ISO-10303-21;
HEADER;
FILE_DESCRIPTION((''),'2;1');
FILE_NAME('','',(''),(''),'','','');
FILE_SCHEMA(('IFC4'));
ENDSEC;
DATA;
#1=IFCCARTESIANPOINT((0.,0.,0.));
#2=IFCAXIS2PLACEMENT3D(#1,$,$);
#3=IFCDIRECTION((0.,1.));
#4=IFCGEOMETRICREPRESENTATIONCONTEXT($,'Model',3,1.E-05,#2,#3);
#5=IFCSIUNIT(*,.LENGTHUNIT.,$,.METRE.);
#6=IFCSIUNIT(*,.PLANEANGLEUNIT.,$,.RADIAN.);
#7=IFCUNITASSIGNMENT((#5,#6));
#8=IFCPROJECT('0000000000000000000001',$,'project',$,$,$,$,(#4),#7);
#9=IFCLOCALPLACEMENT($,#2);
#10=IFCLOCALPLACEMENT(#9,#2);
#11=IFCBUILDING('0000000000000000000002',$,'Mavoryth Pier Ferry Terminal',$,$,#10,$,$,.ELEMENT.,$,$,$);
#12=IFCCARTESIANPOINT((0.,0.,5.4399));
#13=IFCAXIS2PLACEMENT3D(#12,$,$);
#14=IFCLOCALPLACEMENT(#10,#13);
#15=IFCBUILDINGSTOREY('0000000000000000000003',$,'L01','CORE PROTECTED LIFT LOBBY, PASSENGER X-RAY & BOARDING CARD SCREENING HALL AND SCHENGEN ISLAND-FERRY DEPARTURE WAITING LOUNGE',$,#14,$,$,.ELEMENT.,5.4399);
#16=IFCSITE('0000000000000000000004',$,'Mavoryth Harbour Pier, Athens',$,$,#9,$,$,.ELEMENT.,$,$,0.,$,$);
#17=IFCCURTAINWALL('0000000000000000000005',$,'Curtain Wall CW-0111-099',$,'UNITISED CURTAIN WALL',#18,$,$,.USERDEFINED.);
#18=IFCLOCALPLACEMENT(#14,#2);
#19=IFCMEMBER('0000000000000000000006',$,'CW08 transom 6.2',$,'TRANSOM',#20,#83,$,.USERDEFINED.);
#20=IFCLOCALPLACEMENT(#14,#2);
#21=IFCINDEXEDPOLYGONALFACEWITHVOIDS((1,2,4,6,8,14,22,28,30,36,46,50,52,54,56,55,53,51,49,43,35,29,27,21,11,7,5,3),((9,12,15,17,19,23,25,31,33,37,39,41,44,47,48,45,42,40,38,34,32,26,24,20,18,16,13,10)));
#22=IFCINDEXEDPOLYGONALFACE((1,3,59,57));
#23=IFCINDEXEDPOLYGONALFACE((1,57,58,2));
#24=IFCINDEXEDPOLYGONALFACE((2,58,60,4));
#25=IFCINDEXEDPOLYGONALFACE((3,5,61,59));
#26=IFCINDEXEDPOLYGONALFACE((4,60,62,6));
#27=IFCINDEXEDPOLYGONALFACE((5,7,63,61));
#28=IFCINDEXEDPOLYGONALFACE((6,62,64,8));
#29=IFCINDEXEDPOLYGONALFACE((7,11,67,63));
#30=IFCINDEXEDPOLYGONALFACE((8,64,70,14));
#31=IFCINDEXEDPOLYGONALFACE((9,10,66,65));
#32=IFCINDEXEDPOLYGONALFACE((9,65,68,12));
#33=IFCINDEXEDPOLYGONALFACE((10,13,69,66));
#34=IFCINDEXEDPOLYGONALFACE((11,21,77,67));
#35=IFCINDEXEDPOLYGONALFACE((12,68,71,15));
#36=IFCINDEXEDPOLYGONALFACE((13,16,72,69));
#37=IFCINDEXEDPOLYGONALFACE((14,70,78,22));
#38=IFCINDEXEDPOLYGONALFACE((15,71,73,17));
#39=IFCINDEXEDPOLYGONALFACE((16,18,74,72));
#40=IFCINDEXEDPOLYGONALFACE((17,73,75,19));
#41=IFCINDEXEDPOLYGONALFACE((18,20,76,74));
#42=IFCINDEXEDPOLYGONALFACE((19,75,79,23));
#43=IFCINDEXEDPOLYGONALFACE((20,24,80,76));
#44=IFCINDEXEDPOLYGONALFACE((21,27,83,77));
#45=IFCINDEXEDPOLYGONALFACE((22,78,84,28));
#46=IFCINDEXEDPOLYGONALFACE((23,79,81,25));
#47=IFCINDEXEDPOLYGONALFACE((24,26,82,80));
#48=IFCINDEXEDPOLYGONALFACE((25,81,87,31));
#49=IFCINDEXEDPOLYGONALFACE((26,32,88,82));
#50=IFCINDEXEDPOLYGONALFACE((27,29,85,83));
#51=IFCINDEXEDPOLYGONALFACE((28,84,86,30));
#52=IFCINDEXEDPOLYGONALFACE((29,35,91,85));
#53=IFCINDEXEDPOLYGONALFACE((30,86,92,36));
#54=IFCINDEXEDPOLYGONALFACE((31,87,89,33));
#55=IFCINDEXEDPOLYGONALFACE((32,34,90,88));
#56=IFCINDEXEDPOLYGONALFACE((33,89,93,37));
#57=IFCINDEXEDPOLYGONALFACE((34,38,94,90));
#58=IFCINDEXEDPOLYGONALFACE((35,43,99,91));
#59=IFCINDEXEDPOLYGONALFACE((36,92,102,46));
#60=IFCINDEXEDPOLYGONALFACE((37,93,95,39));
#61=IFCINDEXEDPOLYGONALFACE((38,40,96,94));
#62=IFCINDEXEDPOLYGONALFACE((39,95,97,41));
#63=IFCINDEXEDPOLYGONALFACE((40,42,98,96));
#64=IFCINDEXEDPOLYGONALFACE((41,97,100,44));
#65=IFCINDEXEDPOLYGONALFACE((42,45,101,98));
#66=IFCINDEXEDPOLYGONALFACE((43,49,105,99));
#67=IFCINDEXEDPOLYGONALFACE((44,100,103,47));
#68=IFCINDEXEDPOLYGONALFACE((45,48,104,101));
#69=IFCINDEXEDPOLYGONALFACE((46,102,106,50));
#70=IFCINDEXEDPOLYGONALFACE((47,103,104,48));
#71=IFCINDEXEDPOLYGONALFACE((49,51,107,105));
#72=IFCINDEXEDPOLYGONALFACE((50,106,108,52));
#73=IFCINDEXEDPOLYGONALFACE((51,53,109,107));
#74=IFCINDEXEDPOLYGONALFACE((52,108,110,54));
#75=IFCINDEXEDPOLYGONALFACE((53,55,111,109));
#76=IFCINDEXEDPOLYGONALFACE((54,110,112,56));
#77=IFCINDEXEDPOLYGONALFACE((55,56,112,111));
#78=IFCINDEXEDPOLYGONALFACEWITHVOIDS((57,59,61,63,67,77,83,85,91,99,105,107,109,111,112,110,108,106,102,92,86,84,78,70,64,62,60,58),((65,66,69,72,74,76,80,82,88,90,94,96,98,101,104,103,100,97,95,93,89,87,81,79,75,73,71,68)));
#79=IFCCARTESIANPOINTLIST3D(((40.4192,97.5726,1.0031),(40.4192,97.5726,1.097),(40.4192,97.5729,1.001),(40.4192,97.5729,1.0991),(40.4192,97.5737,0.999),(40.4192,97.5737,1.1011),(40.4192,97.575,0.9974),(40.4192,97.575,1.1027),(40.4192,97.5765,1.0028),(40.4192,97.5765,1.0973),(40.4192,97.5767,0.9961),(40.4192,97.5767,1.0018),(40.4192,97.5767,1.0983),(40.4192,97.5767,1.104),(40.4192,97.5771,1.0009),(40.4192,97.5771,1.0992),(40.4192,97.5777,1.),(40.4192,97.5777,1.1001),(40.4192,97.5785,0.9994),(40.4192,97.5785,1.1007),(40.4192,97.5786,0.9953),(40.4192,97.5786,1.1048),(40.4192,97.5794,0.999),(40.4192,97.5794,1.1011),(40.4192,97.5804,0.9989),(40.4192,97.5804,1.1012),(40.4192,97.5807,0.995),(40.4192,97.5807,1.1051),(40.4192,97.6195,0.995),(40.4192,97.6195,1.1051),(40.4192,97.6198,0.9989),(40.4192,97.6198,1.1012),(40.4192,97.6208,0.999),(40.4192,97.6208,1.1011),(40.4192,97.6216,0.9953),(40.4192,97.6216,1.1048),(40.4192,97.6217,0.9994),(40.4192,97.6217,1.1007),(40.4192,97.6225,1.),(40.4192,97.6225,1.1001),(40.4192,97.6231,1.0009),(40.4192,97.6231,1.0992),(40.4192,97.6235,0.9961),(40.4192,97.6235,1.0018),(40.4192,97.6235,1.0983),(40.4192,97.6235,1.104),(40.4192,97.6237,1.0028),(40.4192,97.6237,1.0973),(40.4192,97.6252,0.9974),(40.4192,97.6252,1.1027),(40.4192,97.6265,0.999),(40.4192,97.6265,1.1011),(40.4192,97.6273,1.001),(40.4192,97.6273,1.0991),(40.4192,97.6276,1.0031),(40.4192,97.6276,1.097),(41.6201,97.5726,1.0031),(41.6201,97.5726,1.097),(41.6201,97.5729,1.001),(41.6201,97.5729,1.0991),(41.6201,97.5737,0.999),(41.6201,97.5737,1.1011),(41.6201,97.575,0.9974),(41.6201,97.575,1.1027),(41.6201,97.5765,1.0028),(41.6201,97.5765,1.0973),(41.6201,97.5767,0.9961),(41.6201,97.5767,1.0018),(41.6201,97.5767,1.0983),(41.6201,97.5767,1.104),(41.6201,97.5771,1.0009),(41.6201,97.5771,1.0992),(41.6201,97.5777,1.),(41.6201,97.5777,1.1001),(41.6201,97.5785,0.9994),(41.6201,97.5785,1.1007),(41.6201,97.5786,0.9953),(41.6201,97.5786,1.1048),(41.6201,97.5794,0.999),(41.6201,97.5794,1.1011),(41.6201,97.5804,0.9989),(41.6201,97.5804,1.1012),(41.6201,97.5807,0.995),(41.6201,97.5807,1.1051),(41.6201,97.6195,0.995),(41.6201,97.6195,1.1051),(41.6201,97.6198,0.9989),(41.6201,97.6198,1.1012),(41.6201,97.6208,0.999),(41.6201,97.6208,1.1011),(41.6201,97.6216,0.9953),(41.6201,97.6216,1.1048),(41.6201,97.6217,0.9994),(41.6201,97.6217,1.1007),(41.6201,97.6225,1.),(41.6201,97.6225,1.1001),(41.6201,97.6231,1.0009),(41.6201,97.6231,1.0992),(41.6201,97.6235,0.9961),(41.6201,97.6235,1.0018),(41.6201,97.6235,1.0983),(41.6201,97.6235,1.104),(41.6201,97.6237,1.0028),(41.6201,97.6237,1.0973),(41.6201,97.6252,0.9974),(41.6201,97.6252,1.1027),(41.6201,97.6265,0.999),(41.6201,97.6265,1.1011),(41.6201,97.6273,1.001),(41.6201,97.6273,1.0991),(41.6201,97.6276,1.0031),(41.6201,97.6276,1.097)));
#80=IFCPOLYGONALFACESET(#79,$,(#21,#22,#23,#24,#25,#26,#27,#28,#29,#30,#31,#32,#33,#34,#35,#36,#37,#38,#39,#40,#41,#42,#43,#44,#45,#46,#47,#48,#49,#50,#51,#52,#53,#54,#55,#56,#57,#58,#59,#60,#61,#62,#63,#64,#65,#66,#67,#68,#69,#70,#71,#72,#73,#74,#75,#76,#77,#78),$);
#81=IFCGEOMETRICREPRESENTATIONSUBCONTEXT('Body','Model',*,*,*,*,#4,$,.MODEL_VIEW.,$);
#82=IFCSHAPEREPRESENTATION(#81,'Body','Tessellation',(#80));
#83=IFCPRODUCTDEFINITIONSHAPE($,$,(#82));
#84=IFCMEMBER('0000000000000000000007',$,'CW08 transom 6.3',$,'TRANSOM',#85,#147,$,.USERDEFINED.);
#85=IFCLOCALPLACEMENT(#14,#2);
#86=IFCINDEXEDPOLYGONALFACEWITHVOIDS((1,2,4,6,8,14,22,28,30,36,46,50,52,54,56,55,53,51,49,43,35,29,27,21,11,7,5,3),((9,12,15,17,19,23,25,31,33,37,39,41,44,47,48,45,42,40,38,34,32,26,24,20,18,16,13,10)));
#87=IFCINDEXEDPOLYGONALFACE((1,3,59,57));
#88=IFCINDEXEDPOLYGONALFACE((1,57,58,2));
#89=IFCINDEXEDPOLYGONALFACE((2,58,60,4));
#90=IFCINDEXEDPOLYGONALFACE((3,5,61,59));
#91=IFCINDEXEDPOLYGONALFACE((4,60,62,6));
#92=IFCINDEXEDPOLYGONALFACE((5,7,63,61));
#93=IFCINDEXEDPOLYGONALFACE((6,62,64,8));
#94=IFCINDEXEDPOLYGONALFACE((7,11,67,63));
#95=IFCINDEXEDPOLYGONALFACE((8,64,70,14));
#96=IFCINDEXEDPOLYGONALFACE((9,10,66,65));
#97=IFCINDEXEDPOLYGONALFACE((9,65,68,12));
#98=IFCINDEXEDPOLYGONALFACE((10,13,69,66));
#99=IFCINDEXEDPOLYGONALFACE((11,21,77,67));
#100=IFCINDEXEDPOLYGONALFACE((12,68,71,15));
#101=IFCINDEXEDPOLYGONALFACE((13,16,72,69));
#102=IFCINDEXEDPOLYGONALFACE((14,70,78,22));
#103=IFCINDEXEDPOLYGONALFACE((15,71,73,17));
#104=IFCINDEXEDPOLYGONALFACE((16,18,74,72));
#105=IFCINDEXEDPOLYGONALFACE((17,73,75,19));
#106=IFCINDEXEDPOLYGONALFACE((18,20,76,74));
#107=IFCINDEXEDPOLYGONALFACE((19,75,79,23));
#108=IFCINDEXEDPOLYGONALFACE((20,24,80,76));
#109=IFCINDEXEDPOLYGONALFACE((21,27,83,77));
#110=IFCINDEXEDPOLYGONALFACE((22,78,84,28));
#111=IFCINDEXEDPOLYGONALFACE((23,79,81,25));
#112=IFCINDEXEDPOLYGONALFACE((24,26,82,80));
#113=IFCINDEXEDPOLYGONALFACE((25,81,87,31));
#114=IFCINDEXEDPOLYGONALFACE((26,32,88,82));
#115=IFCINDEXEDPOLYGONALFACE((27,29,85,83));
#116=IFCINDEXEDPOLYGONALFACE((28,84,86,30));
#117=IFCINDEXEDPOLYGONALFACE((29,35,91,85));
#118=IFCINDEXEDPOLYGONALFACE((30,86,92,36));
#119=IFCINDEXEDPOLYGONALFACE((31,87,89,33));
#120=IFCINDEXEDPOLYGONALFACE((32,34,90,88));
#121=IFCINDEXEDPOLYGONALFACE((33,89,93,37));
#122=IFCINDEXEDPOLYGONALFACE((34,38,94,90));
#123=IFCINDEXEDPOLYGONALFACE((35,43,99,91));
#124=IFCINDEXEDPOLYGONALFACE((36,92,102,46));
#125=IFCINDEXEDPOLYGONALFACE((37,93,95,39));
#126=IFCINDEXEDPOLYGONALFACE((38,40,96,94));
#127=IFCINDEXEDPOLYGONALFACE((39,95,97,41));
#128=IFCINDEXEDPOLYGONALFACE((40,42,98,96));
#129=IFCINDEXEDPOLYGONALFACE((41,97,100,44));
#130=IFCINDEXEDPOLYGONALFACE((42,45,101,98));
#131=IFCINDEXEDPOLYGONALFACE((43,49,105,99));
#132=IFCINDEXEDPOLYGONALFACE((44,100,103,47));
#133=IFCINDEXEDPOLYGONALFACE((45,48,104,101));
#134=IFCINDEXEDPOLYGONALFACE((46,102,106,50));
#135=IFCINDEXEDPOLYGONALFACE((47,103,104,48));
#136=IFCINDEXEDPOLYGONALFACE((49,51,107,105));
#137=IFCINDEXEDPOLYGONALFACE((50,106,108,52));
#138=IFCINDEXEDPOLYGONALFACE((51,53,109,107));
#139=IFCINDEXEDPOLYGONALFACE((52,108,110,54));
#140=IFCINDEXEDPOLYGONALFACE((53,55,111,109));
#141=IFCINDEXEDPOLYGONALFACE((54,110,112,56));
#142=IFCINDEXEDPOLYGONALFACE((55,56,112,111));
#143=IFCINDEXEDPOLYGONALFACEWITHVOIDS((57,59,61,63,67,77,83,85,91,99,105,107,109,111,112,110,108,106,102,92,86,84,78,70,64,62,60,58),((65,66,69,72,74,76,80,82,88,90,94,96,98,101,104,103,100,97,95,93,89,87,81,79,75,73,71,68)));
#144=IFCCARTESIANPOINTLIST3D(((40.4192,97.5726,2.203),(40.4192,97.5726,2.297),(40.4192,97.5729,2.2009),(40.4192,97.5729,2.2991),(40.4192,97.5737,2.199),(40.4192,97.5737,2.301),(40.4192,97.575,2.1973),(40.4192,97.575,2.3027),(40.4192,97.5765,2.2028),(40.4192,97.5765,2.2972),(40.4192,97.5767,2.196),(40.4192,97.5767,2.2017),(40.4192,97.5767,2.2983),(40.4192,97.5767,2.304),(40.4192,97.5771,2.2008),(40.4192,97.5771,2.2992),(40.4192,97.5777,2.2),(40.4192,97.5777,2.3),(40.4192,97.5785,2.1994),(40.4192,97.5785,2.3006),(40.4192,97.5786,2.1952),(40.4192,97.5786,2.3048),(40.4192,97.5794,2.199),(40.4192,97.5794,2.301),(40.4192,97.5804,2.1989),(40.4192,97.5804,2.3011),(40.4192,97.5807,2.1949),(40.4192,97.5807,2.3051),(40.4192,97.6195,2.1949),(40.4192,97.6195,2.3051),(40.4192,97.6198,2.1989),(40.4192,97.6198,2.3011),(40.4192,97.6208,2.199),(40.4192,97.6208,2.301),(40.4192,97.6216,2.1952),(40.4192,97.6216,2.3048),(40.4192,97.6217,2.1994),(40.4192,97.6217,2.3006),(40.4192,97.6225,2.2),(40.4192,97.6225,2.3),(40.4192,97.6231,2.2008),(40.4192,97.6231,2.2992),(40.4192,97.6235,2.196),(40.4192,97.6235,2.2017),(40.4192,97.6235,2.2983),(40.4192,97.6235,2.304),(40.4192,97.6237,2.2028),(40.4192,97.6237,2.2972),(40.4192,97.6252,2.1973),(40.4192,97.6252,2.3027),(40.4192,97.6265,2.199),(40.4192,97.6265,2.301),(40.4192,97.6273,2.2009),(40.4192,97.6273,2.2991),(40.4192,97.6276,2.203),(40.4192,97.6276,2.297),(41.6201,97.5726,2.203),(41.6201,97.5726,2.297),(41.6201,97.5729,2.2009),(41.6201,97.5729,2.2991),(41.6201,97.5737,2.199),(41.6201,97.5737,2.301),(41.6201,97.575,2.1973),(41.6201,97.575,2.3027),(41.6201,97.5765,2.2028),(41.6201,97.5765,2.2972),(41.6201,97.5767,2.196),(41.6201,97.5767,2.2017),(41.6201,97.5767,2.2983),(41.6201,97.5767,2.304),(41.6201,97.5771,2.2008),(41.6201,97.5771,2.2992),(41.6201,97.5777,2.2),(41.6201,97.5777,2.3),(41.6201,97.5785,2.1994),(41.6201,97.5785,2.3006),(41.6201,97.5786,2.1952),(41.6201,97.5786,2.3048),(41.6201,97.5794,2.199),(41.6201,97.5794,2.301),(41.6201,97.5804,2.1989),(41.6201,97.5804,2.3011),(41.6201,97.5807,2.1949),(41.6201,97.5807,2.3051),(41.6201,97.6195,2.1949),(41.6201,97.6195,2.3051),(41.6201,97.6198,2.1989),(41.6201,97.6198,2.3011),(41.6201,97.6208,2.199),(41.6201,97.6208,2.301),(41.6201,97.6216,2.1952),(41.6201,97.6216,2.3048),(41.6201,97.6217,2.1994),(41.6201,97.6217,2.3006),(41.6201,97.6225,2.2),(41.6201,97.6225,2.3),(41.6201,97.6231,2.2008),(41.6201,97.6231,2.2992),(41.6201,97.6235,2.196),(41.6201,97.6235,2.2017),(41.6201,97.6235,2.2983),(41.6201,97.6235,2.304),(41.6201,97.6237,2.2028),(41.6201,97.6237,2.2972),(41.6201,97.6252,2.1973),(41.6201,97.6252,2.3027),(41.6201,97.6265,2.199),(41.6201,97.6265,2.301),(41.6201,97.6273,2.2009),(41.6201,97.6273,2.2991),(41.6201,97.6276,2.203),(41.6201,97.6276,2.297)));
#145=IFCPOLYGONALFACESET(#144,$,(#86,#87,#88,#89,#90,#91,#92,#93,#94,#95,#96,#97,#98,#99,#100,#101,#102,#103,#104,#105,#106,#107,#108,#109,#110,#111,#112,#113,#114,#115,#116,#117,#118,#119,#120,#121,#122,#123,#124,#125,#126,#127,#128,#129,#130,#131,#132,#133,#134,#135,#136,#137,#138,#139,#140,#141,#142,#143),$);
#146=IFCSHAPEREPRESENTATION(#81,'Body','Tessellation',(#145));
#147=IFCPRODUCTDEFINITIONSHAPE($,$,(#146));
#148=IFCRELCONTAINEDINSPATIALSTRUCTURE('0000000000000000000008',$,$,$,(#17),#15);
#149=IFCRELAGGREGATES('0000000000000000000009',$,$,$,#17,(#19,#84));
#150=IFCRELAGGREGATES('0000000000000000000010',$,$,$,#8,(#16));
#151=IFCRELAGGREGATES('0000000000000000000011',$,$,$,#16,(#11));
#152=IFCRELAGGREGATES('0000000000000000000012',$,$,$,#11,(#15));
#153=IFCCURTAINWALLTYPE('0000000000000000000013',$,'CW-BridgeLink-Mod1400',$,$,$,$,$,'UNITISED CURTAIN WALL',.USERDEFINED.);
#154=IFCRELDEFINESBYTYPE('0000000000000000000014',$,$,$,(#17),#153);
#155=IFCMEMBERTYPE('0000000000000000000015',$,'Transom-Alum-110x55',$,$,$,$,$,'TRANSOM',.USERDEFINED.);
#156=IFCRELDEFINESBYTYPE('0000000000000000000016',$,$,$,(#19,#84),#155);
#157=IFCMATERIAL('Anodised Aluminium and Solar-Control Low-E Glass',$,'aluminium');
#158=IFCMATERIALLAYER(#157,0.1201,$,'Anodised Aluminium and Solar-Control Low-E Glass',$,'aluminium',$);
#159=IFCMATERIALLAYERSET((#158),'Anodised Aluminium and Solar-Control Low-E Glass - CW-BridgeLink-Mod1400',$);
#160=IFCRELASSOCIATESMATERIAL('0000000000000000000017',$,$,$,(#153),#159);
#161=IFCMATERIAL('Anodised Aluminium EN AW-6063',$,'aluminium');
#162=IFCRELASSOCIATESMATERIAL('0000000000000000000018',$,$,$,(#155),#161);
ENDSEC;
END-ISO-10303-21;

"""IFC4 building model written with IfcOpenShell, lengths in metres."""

from ifc_helpers import new_model, si_unit, direction, frame, origin, origin_2d, place, context, subcontext, project, spatial, hollow_rectangle, extrude, material, layer, layer_set, material_profile, profile_set, type_object, element, aggregate, save


model = new_model("IFC4")

# Units and contexts
model_context = context("Model", 3, precision=1e-05, world=origin(), true_north=direction((0.0, 1.0)))
body_context = subcontext(model_context, "Body", "Model", "MODEL_VIEW")
ifc_project = project(units=[si_unit("LENGTHUNIT", "METRE"), si_unit("PLANEANGLEUNIT", "RADIAN")], contexts=[model_context])

# Site, building, storey
site_placement = place(None, origin())
site = spatial("IfcSite", under=ifc_project, at=site_placement, Name="Mavoryth Harbour Pier, Athens", CompositionType="ELEMENT", RefElevation=0.0)
building_placement = place(site_placement, origin())
building = spatial("IfcBuilding", under=site, at=building_placement, Name="Mavoryth Pier Ferry Terminal", CompositionType="ELEMENT")
storey_placement = place(building_placement, frame((0.0, 0.0, 5.4399)))
storey = spatial("IfcBuildingStorey", under=building, at=storey_placement, Name="L01", Description="CORE PROTECTED LIFT LOBBY, PASSENGER X-RAY & BOARDING CARD SCREENING HALL AND SCHENGEN ISLAND-FERRY DEPARTURE WAITING LOUNGE", CompositionType="ELEMENT", Elevation=5.4399)

# Curtain wall
ifc_material_1 = material(Name="Anodised Aluminium and Solar-Control Low-E Glass", Category="aluminium")
ifc_layer_1 = layer(ifc_material_1, 0.1201, Name="Anodised Aluminium and Solar-Control Low-E Glass", Category="aluminium")
ifc_layer_set_1 = layer_set([ifc_layer_1], Name="Anodised Aluminium and Solar-Control Low-E Glass - CW-BridgeLink-Mod1400")
curtain_wall_type = type_object("IfcCurtainWallType", Name="CW-BridgeLink-Mod1400", ElementType="UNITISED CURTAIN WALL", PredefinedType="USERDEFINED", material=ifc_layer_set_1)
curtain_wall_1_placement = place(storey_placement, origin())
curtain_wall_1 = element("IfcCurtainWall", 1, at=curtain_wall_1_placement, inside=storey, type_object=curtain_wall_type, Name="Curtain Wall CW-0111-099", ObjectType="UNITISED CURTAIN WALL", PredefinedType="USERDEFINED")
ifc_material_2 = material(Name="Anodised Aluminium EN AW-6063", Category="aluminium")

# Members
ifc_material_profile_1 = material_profile(ifc_material_2, hollow_rectangle(XDim=0.0549, YDim=0.1101, WallThickness=0.0039, InnerFilletRadius=0.0039, OuterFilletRadius=0.0081, at=origin_2d()), Name="AL-TRAN 110x55x4", Category="aluminium")
ifc_profile_set_1 = profile_set([ifc_material_profile_1], Name="Anodised Aluminium EN AW-6063 - AL-TRAN 110x55x4")
member_type_1 = type_object("IfcMemberType", Name="Transom-Alum-110x55", ElementType="TRANSOM", PredefinedType="USERDEFINED", material=ifc_profile_set_1)
member_1_placement = place(storey_placement, frame((40.4192, 97.6001, 1.05), z_axis=(1.0, 0.0, 0.0), x_axis=(0.0, 1.0, 0.0)))
member_1 = element("IfcMember", 2, at=member_1_placement, type_object=member_type_1, Name="CW08 transom 6.2", ObjectType="TRANSOM", PredefinedType="USERDEFINED", context=body_context, shape_type="SweptSolid", body=[
    extrude(hollow_rectangle(XDim=0.0549, YDim=0.1101, WallThickness=0.0039, InnerFilletRadius=0.0039, OuterFilletRadius=0.0081, at=origin_2d()), origin(), (0.0, 0.0, 1.0), 1.2009),
])
member_2_placement = place(storey_placement, frame((40.4192, 97.6001, 2.25), z_axis=(1.0, 0.0, 0.0), x_axis=(0.0, 1.0, 0.0)))
member_2 = element("IfcMember", 3, at=member_2_placement, type_object=member_type_1, Name="CW08 transom 6.3", ObjectType="TRANSOM", PredefinedType="USERDEFINED", context=body_context, shape_type="SweptSolid", body=[
    extrude(hollow_rectangle(XDim=0.0549, YDim=0.1101, WallThickness=0.0039, InnerFilletRadius=0.0039, OuterFilletRadius=0.0081, at=origin_2d()), origin(), (0.0, 0.0, 1.0), 1.2009),
])

aggregate(curtain_wall_1, [member_1, member_2])

save(model, "model.ifc")
